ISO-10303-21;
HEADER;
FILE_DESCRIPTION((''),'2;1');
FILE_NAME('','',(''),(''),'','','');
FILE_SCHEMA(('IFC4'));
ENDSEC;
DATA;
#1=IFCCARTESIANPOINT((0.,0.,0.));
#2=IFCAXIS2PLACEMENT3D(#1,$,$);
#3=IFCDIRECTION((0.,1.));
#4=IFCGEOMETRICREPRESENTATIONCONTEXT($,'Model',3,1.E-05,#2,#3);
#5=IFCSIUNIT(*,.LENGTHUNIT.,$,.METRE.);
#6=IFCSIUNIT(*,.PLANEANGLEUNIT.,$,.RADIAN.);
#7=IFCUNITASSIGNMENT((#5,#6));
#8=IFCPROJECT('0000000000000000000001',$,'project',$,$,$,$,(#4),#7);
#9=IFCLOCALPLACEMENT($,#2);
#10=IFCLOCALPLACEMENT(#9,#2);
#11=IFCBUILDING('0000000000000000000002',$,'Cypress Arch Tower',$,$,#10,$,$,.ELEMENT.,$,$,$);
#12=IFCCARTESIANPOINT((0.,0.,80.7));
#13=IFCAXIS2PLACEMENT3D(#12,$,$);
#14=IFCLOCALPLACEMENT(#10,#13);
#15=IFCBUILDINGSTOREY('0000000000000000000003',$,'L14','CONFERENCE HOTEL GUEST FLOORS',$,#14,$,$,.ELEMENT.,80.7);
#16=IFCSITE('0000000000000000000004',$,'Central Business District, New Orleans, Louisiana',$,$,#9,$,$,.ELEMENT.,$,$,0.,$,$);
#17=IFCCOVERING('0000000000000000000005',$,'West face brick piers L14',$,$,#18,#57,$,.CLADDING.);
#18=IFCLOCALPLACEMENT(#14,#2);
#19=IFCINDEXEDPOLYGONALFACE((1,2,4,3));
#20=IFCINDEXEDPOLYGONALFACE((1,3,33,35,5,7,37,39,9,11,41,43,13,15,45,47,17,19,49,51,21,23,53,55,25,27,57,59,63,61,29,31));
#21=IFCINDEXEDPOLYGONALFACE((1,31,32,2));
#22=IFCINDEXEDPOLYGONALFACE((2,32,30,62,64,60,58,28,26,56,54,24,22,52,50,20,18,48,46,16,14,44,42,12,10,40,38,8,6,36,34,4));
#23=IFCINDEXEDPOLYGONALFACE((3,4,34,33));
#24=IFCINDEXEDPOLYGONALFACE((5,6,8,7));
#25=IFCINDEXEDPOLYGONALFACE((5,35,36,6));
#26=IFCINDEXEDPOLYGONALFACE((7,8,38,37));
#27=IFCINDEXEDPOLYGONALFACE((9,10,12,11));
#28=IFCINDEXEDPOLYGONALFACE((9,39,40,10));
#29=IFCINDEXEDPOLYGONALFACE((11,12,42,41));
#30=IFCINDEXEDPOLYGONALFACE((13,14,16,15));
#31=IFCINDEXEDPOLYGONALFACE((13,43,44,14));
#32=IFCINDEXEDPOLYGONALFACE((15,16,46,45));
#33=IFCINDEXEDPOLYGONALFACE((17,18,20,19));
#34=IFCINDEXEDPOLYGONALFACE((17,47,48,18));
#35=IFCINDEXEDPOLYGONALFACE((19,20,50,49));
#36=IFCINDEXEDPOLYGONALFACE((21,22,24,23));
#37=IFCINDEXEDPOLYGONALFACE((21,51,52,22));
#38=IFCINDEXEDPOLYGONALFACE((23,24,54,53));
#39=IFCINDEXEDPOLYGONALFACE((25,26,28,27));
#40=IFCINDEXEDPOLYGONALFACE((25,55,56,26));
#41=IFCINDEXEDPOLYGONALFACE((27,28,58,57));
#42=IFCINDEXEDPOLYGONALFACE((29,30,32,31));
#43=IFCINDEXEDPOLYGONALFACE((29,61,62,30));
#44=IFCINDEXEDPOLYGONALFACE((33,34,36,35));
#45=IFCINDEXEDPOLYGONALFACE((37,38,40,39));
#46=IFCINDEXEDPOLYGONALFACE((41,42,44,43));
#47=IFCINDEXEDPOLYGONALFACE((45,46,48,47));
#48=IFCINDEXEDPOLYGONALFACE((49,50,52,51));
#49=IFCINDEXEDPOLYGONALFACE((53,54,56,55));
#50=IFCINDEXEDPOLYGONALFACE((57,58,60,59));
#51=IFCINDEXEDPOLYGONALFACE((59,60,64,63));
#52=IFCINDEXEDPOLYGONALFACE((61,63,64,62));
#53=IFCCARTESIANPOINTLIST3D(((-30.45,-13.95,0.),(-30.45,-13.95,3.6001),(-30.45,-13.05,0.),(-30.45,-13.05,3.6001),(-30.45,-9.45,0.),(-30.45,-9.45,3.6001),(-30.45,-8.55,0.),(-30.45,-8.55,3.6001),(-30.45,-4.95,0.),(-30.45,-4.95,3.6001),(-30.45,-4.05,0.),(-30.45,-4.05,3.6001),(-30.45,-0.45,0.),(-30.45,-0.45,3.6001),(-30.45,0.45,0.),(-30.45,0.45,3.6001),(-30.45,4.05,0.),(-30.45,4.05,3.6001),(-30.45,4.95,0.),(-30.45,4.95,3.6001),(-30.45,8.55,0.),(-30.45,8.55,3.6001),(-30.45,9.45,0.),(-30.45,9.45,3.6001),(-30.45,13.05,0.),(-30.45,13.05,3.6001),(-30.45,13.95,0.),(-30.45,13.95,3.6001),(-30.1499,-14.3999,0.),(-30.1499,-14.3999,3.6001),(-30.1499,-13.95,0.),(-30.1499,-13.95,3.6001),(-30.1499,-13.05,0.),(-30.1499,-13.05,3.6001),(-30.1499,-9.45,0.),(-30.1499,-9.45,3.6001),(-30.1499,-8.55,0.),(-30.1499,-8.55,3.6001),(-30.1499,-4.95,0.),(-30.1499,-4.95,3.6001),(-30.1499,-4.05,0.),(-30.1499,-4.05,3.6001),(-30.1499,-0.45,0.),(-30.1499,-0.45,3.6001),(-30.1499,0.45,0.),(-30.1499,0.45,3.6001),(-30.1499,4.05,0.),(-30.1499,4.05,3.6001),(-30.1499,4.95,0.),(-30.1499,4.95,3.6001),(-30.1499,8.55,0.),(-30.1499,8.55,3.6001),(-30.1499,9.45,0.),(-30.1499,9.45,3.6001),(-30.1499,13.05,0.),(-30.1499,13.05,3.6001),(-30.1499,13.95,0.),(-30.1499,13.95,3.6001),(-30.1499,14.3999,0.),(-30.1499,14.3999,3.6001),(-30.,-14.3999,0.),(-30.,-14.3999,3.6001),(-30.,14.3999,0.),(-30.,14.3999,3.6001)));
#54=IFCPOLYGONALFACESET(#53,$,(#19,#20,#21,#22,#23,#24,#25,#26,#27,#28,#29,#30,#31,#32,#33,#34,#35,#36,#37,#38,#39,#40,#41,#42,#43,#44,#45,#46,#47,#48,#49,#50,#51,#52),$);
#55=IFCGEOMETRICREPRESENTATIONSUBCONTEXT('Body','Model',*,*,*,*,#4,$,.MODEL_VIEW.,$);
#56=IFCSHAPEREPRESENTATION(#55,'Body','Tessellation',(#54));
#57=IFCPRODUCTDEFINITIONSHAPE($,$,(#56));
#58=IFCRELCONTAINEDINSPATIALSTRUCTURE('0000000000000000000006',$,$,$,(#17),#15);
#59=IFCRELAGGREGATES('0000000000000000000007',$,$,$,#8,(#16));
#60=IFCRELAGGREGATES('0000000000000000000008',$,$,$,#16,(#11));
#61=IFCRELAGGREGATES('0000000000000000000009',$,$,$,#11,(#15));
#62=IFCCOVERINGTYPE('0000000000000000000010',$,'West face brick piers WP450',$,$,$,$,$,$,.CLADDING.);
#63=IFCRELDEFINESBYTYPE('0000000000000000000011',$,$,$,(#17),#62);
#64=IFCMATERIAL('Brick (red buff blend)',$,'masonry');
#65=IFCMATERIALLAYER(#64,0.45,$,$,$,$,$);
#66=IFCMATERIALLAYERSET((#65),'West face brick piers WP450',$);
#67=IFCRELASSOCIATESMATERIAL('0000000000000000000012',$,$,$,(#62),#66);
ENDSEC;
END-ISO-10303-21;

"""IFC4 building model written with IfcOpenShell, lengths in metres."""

from ifc_helpers import new_model, si_unit, direction, frame, origin, place, context, subcontext, project, spatial, polyline, outline, extrude, material, layer, layer_set, type_object, element, save


model = new_model("IFC4")

# Units and contexts
model_context = context("Model", 3, precision=1e-05, world=origin(), true_north=direction((0.0, 1.0)))
body_context = subcontext(model_context, "Body", "Model", "MODEL_VIEW")
ifc_project = project(units=[si_unit("LENGTHUNIT", "METRE"), si_unit("PLANEANGLEUNIT", "RADIAN")], contexts=[model_context])

# Site, building, storey
site_placement = place(None, origin())
site = spatial("IfcSite", under=ifc_project, at=site_placement, Name="Central Business District, New Orleans, Louisiana", CompositionType="ELEMENT", RefElevation=0.0)
building_placement = place(site_placement, origin())
building = spatial("IfcBuilding", under=site, at=building_placement, Name="Cypress Arch Tower", CompositionType="ELEMENT")
storey_placement = place(building_placement, frame((0.0, 0.0, 80.7)))
storey = spatial("IfcBuildingStorey", under=building, at=storey_placement, Name="L14", Description="CONFERENCE HOTEL GUEST FLOORS", CompositionType="ELEMENT", Elevation=80.7)

# Covering
ifc_material_1 = material(Name="Brick (red buff blend)", Category="masonry")
ifc_layer_1 = layer(ifc_material_1, 0.45)
ifc_layer_set_1 = layer_set([ifc_layer_1], Name="West face brick piers WP450")
covering_type_1 = type_object("IfcCoveringType", Name="West face brick piers WP450", PredefinedType="CLADDING", material=ifc_layer_set_1)
covering_1_placement = place(storey_placement, origin())
element("IfcCovering", 1, at=covering_1_placement, inside=storey, type_object=covering_type_1, Name="West face brick piers L14", PredefinedType="CLADDING", context=body_context, shape_type="SweptSolid", body=[
    extrude(outline(polyline([(-30.1499, -13.05), (-30.1499, -9.45), (-30.45, -9.45), (-30.45, -8.55), (-30.1499, -8.55), (-30.1499, -4.95), (-30.45, -4.95), (-30.45, -4.05), (-30.1499, -4.05), (-30.1499, -0.45), (-30.45, -0.45), (-30.45, 0.45), (-30.1499, 0.45), (-30.1499, 4.05), (-30.45, 4.05), (-30.45, 4.95), (-30.1499, 4.95), (-30.1499, 8.55), (-30.45, 8.55), (-30.45, 9.45), (-30.1499, 9.45), (-30.1499, 13.05), (-30.45, 13.05), (-30.45, 13.95), (-30.1499, 13.95), (-30.1499, 14.3999), (-30.0, 14.3999), (-30.0, -14.3999), (-30.1499, -14.3999), (-30.1499, -13.95), (-30.45, -13.95), (-30.45, -13.05), (-30.1499, -13.05)])), origin(), (0.0, 0.0, 1.0), 3.6001),
])

save(model, "model.ifc")
